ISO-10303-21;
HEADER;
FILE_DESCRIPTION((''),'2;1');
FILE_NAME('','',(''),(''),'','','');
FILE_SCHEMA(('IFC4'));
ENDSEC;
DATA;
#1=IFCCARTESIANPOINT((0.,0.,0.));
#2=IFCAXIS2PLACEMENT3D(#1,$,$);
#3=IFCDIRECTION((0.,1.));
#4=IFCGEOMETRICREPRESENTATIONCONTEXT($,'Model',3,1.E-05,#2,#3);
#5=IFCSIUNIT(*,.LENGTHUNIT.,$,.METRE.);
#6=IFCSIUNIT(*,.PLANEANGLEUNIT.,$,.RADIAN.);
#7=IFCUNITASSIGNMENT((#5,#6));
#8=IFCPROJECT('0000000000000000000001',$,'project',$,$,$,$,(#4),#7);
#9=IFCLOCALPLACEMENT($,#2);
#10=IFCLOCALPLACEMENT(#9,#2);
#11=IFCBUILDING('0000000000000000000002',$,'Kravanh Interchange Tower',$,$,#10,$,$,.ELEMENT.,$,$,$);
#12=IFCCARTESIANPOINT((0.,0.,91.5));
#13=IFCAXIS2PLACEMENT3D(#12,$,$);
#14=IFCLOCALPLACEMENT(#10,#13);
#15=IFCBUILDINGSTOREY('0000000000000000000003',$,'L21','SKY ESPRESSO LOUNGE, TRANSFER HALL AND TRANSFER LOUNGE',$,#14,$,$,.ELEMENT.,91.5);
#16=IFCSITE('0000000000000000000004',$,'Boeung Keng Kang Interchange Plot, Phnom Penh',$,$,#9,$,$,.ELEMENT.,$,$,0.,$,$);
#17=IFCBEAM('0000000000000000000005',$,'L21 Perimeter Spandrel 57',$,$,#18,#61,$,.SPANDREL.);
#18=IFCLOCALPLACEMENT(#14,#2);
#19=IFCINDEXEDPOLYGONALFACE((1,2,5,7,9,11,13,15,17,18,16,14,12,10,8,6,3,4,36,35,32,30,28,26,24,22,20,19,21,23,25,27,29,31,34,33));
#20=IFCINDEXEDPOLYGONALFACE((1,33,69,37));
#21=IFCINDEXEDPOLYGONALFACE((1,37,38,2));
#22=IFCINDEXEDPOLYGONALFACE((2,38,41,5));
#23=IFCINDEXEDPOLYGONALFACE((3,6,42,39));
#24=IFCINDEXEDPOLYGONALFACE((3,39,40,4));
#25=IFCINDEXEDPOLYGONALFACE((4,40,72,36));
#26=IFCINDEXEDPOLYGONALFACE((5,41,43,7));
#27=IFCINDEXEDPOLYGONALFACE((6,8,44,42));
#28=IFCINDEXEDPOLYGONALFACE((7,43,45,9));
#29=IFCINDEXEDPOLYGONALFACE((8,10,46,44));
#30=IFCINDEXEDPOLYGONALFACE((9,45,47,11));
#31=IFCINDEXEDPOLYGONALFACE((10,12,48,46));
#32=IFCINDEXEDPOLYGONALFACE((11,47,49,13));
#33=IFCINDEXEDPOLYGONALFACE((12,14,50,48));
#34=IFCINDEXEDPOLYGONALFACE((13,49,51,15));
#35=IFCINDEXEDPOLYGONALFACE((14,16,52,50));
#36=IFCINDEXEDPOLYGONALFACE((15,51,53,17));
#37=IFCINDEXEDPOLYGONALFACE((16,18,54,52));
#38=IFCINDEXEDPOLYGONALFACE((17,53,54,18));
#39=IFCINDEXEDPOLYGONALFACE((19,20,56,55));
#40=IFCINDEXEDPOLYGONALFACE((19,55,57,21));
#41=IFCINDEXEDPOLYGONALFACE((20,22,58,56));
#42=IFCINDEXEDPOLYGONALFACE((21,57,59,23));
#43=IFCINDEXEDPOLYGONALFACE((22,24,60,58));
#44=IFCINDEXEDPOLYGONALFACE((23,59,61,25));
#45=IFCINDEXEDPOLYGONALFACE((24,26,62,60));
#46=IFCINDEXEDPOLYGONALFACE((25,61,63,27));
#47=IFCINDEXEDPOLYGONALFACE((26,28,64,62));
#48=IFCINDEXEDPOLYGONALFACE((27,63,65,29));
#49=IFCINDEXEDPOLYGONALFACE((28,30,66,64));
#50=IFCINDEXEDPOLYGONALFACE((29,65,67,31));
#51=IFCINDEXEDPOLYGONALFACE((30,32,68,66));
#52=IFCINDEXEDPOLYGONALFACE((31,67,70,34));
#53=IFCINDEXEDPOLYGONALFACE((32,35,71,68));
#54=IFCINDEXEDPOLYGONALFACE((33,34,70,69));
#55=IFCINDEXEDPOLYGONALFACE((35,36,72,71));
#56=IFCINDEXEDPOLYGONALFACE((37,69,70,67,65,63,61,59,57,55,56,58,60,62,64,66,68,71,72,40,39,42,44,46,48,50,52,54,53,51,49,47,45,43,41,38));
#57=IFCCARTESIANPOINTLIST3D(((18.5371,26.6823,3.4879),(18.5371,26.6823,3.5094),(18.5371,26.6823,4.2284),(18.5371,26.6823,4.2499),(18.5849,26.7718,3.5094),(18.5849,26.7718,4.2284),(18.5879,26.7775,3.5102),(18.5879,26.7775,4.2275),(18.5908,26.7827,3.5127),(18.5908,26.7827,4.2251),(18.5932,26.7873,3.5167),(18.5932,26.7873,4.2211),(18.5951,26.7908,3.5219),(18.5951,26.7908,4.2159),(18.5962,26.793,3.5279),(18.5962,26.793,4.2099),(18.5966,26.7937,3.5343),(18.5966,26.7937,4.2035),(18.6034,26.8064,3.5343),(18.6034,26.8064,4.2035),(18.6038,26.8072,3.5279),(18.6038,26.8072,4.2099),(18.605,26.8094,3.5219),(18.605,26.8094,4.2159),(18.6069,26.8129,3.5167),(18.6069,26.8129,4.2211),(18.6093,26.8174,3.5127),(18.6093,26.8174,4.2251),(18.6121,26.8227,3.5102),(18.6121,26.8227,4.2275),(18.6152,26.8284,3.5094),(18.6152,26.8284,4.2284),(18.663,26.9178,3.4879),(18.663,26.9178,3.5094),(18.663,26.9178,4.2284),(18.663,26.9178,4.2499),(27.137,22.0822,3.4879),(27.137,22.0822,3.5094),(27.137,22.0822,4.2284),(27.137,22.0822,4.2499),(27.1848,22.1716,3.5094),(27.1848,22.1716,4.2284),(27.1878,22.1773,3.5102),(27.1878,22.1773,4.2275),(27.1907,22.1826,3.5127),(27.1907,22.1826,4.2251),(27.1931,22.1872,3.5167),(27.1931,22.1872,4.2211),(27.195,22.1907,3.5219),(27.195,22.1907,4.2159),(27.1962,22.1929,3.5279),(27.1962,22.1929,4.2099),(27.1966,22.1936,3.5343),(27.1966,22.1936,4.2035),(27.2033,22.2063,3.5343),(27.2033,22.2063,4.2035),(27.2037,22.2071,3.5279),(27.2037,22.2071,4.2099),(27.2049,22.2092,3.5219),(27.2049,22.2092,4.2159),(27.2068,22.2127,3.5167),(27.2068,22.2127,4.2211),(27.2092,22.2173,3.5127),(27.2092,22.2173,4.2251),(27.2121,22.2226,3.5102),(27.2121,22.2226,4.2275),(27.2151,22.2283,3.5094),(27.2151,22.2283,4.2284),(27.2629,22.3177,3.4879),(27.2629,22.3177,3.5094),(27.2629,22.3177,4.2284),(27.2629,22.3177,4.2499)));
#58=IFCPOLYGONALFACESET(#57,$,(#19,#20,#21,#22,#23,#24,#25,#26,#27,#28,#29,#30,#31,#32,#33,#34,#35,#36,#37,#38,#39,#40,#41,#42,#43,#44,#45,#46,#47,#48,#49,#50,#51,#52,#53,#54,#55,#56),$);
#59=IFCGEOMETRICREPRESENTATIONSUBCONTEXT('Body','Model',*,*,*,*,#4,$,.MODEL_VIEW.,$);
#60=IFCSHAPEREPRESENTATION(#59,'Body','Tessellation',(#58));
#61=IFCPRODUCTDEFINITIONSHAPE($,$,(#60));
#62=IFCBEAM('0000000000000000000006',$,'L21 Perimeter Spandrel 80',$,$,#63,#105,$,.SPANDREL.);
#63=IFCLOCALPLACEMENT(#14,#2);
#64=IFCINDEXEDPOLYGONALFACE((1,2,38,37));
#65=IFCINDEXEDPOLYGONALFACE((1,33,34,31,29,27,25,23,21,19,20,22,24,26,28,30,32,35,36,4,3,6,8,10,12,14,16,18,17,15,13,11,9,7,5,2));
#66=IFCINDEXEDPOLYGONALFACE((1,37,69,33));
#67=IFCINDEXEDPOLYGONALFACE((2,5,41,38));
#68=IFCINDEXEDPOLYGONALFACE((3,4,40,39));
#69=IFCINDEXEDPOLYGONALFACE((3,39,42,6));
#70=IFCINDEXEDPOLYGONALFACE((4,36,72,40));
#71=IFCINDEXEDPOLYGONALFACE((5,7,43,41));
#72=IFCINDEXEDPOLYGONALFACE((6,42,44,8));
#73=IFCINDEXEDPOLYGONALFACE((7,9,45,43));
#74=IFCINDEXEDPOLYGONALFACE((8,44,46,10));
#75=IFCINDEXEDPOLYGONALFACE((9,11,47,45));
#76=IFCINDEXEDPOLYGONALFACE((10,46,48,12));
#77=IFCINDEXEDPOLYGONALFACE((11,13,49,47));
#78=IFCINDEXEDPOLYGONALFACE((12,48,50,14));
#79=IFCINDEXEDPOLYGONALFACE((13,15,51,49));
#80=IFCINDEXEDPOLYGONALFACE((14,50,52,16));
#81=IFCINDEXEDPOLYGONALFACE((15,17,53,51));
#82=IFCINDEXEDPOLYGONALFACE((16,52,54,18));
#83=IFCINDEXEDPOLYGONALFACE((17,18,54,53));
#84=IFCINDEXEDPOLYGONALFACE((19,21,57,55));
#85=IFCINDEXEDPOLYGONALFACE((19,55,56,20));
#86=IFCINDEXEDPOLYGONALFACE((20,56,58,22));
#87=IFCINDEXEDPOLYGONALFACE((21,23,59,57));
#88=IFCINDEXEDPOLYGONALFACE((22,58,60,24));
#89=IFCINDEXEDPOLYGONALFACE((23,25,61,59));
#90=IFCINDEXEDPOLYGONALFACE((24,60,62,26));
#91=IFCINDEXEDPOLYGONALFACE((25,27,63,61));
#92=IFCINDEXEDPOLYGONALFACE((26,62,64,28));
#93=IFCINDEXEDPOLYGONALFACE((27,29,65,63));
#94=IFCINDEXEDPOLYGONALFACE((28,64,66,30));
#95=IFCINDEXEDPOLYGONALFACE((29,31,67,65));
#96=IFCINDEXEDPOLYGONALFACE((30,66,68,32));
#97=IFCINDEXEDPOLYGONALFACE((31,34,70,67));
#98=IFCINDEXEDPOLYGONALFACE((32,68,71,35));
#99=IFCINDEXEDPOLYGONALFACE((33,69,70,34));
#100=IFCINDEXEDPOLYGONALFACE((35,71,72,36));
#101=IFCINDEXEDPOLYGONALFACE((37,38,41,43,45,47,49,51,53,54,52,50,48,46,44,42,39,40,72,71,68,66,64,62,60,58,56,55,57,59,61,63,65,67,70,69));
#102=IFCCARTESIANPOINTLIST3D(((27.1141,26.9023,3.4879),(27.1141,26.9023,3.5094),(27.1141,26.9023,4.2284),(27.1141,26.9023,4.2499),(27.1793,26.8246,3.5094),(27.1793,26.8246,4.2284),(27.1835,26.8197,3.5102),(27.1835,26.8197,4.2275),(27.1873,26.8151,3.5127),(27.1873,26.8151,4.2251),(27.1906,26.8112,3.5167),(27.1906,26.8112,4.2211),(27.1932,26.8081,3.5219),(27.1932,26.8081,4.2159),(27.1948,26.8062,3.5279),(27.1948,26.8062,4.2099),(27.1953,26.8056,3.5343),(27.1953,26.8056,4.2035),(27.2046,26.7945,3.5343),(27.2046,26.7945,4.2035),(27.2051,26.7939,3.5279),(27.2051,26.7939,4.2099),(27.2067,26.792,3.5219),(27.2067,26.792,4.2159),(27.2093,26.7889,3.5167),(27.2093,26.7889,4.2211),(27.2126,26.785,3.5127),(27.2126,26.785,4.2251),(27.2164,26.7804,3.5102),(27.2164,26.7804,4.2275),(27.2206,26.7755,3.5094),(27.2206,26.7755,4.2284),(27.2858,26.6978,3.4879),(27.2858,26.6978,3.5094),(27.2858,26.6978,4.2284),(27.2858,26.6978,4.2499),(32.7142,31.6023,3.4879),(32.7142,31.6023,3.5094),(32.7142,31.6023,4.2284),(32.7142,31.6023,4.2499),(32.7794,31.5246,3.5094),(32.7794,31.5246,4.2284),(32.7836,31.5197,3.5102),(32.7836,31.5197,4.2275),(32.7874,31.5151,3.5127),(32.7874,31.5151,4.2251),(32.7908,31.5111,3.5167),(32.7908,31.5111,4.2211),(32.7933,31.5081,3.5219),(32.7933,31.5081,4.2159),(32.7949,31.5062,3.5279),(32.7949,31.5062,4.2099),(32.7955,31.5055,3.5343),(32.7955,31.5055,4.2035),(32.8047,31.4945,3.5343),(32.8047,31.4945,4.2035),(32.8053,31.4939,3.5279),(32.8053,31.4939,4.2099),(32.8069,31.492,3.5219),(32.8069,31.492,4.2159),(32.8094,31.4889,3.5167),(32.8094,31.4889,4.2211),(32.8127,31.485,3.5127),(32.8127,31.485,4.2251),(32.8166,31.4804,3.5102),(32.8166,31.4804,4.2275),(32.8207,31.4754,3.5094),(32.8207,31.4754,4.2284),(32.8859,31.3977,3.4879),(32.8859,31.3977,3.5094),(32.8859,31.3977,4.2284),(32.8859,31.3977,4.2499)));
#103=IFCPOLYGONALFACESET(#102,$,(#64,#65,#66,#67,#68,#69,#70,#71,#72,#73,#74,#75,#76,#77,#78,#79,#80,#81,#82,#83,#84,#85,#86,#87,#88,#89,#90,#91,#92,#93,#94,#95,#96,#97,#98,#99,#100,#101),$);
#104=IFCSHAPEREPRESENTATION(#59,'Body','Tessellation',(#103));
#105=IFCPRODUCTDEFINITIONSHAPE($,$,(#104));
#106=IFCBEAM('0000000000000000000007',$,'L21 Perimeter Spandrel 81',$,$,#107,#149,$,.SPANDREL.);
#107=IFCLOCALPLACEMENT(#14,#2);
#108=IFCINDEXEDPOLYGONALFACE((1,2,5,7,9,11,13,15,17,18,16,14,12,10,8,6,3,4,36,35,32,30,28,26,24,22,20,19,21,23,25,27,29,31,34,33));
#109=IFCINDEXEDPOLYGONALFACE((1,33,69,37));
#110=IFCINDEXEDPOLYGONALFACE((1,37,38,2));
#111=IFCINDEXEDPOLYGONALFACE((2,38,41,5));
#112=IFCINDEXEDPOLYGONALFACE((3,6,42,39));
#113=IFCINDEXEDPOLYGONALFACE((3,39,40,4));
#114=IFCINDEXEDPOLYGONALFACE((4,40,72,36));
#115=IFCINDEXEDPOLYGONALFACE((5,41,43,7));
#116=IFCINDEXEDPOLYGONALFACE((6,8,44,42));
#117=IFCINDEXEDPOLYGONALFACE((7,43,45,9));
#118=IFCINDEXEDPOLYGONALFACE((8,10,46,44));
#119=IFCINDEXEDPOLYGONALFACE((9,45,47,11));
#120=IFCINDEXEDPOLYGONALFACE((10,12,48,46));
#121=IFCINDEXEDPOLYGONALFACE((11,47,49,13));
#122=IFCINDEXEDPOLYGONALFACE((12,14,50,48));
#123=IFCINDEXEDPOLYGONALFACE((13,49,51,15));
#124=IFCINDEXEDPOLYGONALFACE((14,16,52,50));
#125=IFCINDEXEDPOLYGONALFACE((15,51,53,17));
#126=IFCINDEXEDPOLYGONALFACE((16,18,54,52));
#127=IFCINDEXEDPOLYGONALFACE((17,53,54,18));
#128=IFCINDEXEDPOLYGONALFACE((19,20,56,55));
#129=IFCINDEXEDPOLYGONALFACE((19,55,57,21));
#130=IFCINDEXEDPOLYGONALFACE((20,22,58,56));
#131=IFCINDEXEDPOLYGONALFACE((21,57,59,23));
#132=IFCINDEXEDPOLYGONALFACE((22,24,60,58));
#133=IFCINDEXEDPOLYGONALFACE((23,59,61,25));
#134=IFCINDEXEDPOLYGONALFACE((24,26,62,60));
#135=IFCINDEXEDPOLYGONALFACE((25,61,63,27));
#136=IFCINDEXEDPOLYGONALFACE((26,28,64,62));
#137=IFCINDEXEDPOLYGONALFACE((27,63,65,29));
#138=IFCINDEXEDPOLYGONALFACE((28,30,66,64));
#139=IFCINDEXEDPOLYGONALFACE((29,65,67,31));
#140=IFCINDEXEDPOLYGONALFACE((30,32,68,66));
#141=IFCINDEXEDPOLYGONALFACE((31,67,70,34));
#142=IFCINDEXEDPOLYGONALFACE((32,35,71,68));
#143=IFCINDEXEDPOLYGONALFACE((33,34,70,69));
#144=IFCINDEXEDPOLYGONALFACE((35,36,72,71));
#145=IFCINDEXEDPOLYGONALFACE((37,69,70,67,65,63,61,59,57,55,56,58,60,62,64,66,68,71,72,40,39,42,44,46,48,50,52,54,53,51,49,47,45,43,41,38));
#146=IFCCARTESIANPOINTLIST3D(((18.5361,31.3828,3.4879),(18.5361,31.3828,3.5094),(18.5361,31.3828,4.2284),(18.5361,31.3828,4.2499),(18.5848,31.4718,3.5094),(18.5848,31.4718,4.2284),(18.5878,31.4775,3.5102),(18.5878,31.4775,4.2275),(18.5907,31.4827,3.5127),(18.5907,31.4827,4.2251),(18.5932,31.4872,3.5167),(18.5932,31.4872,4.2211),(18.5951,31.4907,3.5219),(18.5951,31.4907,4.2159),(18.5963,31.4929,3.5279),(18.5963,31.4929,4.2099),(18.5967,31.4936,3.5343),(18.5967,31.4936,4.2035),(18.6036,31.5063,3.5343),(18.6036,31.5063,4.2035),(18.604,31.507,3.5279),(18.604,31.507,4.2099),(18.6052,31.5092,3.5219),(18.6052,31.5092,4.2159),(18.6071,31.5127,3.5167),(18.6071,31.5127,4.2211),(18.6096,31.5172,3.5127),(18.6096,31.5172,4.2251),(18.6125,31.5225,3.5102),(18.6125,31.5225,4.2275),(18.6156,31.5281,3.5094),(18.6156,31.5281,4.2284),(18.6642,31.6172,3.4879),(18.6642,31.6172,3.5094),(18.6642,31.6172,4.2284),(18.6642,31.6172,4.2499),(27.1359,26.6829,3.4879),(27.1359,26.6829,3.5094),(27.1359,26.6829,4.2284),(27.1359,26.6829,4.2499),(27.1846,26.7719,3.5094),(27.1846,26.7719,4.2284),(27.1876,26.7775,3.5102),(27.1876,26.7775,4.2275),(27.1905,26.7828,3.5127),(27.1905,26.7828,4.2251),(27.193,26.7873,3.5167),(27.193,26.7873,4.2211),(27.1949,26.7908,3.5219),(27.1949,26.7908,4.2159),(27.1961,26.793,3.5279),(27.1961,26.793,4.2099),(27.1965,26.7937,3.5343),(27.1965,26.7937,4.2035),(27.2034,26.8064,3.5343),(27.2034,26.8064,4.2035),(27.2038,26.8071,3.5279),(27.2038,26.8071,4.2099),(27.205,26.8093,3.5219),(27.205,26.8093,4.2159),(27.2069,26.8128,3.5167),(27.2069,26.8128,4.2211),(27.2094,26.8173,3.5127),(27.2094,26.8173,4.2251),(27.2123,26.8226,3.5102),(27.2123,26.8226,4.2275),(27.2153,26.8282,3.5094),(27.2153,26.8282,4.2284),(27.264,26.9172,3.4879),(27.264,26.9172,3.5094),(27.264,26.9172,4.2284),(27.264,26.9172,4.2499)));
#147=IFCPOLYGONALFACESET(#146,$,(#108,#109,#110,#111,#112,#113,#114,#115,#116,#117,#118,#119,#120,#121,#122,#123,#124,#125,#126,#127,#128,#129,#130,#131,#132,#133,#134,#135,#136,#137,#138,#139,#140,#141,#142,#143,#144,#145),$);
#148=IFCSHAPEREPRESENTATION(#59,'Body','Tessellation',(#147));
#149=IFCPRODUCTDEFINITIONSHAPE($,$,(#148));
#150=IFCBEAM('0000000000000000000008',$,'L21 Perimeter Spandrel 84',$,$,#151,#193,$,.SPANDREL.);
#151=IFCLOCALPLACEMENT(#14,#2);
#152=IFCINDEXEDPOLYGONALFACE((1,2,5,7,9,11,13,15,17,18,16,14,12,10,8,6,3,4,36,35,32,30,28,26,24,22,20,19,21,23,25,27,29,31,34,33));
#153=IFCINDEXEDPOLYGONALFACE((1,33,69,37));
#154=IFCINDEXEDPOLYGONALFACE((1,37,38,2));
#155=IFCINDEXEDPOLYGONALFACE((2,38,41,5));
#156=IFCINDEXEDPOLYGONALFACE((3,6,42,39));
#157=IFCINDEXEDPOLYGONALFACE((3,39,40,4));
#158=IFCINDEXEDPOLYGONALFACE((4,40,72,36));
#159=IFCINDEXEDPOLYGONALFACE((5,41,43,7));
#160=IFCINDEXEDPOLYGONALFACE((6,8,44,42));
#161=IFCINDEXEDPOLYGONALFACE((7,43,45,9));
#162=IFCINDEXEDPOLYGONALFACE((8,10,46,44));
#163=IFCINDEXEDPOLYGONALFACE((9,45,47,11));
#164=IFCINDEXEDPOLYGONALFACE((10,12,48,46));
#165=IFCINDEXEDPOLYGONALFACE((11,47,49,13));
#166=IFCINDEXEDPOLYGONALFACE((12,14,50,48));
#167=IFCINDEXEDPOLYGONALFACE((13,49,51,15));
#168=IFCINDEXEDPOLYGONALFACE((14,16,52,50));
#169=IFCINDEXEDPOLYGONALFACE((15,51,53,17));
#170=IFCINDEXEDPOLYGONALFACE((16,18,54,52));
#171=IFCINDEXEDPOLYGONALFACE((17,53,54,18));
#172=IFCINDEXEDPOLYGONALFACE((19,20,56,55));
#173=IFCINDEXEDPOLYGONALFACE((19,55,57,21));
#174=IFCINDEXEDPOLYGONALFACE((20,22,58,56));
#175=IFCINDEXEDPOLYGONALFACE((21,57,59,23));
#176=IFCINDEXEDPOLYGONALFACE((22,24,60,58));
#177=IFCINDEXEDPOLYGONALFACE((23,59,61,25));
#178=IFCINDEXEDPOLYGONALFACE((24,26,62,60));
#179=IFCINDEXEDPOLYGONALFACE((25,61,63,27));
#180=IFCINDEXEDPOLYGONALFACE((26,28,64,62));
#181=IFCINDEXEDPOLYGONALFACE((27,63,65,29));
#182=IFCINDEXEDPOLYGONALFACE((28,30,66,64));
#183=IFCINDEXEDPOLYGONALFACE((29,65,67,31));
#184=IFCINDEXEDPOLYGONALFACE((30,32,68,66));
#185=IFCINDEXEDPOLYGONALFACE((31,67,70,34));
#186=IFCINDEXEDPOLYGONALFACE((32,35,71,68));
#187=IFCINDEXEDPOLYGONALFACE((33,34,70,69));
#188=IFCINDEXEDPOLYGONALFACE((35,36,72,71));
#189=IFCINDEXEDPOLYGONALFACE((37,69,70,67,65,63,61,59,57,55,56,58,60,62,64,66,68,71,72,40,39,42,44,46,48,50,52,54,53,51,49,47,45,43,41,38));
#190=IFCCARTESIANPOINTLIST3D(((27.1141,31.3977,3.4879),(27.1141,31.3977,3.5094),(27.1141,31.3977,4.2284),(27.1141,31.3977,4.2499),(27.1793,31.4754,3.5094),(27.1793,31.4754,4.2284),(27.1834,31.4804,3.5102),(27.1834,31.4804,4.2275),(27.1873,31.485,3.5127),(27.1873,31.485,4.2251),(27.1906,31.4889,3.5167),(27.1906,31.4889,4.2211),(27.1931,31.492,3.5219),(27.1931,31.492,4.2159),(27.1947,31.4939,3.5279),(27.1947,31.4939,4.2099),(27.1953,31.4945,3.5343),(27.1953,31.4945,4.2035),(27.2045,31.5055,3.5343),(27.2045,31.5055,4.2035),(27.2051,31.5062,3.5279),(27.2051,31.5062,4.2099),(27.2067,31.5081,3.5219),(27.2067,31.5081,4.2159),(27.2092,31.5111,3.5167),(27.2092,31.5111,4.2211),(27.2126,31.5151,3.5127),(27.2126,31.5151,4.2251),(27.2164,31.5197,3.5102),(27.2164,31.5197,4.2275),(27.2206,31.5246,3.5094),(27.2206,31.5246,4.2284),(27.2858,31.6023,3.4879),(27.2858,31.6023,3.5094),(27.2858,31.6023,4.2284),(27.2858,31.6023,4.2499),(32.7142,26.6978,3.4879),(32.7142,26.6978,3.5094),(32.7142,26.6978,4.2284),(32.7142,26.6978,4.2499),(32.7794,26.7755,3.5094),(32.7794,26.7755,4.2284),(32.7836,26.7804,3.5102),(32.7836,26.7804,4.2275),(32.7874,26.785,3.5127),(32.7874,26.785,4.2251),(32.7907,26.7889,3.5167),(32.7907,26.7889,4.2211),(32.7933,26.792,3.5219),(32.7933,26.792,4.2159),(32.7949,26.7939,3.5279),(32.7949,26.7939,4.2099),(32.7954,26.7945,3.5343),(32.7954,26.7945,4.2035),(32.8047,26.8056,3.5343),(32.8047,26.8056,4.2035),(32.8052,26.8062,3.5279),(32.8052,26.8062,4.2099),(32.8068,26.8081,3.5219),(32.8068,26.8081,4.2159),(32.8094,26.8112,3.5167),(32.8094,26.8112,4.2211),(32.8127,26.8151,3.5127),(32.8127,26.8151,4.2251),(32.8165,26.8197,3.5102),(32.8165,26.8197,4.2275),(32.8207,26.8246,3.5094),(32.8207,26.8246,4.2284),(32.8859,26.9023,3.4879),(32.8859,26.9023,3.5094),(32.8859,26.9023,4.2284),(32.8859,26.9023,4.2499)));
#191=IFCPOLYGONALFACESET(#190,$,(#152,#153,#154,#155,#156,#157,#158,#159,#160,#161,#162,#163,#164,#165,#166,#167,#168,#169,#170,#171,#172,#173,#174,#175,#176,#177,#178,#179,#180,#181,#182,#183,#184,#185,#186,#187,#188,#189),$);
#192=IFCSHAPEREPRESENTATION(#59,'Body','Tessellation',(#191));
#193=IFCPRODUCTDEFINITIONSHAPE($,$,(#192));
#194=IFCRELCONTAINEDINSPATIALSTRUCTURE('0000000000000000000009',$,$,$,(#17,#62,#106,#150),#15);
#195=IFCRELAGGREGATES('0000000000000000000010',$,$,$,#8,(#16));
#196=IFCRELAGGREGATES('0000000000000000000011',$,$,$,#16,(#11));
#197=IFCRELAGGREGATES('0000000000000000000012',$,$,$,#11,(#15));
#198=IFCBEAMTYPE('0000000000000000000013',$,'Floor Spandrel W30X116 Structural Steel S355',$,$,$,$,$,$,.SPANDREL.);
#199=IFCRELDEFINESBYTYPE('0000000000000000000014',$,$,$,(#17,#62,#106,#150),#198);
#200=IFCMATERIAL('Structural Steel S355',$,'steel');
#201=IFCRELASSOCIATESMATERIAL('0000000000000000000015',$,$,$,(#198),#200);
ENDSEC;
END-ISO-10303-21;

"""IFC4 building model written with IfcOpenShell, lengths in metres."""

from ifc_helpers import new_model, si_unit, direction, frame, origin, origin_2d, place, context, subcontext, project, spatial, i_section, extrude, material, material_profile, profile_set, type_object, element, save


model = new_model("IFC4")

# Units and contexts
model_context = context("Model", 3, precision=1e-05, world=origin(), true_north=direction((0.0, 1.0)))
body_context = subcontext(model_context, "Body", "Model", "MODEL_VIEW")
ifc_project = project(units=[si_unit("LENGTHUNIT", "METRE"), si_unit("PLANEANGLEUNIT", "RADIAN")], contexts=[model_context])

# Site, building, storey
site_placement = place(None, origin())
site = spatial("IfcSite", under=ifc_project, at=site_placement, Name="Boeung Keng Kang Interchange Plot, Phnom Penh", CompositionType="ELEMENT", RefElevation=0.0)
building_placement = place(site_placement, origin())
building = spatial("IfcBuilding", under=site, at=building_placement, Name="Kravanh Interchange Tower", CompositionType="ELEMENT")
storey_placement = place(building_placement, frame((0.0, 0.0, 91.5)))
storey = spatial("IfcBuildingStorey", under=building, at=storey_placement, Name="L21", Description="SKY ESPRESSO LOUNGE, TRANSFER HALL AND TRANSFER LOUNGE", CompositionType="ELEMENT", Elevation=91.5)

# Beams
ifc_material_1 = material(Name="Structural Steel S355", Category="steel")
ifc_material_profile_1 = material_profile(ifc_material_1, i_section(OverallWidth=0.2671, OverallDepth=0.762, WebThickness=0.0144, FlangeThickness=0.0215, FilletRadius=0.0249, at=origin_2d()), Name="W30X116")
ifc_profile_set_1 = profile_set([ifc_material_profile_1], Name="Structural Steel S355")
beam_type_1 = type_object("IfcBeamType", Name="Floor Spandrel W30X116 Structural Steel S355", PredefinedType="SPANDREL", material=ifc_profile_set_1)
beam_1_placement = place(storey_placement, frame((27.2, 22.2, 3.8689), z_axis=(-0.881777, 0.471666, 0.0), x_axis=(-0.471666, -0.881777, 0.0)))
element("IfcBeam", 1, at=beam_1_placement, inside=storey, type_object=beam_type_1, Name="L21 Perimeter Spandrel 57", PredefinedType="SPANDREL", context=body_context, shape_type="SweptSolid", body=[
    extrude(i_section(OverallWidth=0.2671, OverallDepth=0.762, WebThickness=0.0144, FlangeThickness=0.0215, FilletRadius=0.0249, at=origin_2d()), origin(), (0.0, 0.0, 1.0), 9.7529),
])
beam_2_placement = place(storey_placement, frame((27.2, 26.8, 3.8689), z_axis=(0.765983, 0.642861, 0.0), x_axis=(-0.642861, 0.765983, 0.0)))
element("IfcBeam", 2, at=beam_2_placement, inside=storey, type_object=beam_type_1, Name="L21 Perimeter Spandrel 80", PredefinedType="SPANDREL", context=body_context, shape_type="SweptSolid", body=[
    extrude(i_section(OverallWidth=0.2671, OverallDepth=0.762, WebThickness=0.0144, FlangeThickness=0.0215, FilletRadius=0.0249, at=origin_2d()), origin(), (0.0, 0.0, 1.0), 7.311),
])
beam_3_placement = place(storey_placement, frame((27.2, 26.8, 3.8689), z_axis=(-0.877504, 0.479569, 0.0), x_axis=(-0.479569, -0.877504, 0.0)))
element("IfcBeam", 3, at=beam_3_placement, inside=storey, type_object=beam_type_1, Name="L21 Perimeter Spandrel 81", PredefinedType="SPANDREL", context=body_context, shape_type="SweptSolid", body=[
    extrude(i_section(OverallWidth=0.2671, OverallDepth=0.762, WebThickness=0.0144, FlangeThickness=0.0215, FilletRadius=0.0249, at=origin_2d()), origin(), (0.0, 0.0, 1.0), 9.8003),
])
beam_4_placement = place(storey_placement, frame((32.8, 26.8, 3.8689), z_axis=(-0.765983, 0.642861, 0.0), x_axis=(-0.642861, -0.765983, 0.0)))
element("IfcBeam", 4, at=beam_4_placement, inside=storey, type_object=beam_type_1, Name="L21 Perimeter Spandrel 84", PredefinedType="SPANDREL", context=body_context, shape_type="SweptSolid", body=[
    extrude(i_section(OverallWidth=0.2671, OverallDepth=0.762, WebThickness=0.0144, FlangeThickness=0.0215, FilletRadius=0.0249, at=origin_2d()), origin(), (0.0, 0.0, 1.0), 7.311),
])

save(model, "model.ifc")
